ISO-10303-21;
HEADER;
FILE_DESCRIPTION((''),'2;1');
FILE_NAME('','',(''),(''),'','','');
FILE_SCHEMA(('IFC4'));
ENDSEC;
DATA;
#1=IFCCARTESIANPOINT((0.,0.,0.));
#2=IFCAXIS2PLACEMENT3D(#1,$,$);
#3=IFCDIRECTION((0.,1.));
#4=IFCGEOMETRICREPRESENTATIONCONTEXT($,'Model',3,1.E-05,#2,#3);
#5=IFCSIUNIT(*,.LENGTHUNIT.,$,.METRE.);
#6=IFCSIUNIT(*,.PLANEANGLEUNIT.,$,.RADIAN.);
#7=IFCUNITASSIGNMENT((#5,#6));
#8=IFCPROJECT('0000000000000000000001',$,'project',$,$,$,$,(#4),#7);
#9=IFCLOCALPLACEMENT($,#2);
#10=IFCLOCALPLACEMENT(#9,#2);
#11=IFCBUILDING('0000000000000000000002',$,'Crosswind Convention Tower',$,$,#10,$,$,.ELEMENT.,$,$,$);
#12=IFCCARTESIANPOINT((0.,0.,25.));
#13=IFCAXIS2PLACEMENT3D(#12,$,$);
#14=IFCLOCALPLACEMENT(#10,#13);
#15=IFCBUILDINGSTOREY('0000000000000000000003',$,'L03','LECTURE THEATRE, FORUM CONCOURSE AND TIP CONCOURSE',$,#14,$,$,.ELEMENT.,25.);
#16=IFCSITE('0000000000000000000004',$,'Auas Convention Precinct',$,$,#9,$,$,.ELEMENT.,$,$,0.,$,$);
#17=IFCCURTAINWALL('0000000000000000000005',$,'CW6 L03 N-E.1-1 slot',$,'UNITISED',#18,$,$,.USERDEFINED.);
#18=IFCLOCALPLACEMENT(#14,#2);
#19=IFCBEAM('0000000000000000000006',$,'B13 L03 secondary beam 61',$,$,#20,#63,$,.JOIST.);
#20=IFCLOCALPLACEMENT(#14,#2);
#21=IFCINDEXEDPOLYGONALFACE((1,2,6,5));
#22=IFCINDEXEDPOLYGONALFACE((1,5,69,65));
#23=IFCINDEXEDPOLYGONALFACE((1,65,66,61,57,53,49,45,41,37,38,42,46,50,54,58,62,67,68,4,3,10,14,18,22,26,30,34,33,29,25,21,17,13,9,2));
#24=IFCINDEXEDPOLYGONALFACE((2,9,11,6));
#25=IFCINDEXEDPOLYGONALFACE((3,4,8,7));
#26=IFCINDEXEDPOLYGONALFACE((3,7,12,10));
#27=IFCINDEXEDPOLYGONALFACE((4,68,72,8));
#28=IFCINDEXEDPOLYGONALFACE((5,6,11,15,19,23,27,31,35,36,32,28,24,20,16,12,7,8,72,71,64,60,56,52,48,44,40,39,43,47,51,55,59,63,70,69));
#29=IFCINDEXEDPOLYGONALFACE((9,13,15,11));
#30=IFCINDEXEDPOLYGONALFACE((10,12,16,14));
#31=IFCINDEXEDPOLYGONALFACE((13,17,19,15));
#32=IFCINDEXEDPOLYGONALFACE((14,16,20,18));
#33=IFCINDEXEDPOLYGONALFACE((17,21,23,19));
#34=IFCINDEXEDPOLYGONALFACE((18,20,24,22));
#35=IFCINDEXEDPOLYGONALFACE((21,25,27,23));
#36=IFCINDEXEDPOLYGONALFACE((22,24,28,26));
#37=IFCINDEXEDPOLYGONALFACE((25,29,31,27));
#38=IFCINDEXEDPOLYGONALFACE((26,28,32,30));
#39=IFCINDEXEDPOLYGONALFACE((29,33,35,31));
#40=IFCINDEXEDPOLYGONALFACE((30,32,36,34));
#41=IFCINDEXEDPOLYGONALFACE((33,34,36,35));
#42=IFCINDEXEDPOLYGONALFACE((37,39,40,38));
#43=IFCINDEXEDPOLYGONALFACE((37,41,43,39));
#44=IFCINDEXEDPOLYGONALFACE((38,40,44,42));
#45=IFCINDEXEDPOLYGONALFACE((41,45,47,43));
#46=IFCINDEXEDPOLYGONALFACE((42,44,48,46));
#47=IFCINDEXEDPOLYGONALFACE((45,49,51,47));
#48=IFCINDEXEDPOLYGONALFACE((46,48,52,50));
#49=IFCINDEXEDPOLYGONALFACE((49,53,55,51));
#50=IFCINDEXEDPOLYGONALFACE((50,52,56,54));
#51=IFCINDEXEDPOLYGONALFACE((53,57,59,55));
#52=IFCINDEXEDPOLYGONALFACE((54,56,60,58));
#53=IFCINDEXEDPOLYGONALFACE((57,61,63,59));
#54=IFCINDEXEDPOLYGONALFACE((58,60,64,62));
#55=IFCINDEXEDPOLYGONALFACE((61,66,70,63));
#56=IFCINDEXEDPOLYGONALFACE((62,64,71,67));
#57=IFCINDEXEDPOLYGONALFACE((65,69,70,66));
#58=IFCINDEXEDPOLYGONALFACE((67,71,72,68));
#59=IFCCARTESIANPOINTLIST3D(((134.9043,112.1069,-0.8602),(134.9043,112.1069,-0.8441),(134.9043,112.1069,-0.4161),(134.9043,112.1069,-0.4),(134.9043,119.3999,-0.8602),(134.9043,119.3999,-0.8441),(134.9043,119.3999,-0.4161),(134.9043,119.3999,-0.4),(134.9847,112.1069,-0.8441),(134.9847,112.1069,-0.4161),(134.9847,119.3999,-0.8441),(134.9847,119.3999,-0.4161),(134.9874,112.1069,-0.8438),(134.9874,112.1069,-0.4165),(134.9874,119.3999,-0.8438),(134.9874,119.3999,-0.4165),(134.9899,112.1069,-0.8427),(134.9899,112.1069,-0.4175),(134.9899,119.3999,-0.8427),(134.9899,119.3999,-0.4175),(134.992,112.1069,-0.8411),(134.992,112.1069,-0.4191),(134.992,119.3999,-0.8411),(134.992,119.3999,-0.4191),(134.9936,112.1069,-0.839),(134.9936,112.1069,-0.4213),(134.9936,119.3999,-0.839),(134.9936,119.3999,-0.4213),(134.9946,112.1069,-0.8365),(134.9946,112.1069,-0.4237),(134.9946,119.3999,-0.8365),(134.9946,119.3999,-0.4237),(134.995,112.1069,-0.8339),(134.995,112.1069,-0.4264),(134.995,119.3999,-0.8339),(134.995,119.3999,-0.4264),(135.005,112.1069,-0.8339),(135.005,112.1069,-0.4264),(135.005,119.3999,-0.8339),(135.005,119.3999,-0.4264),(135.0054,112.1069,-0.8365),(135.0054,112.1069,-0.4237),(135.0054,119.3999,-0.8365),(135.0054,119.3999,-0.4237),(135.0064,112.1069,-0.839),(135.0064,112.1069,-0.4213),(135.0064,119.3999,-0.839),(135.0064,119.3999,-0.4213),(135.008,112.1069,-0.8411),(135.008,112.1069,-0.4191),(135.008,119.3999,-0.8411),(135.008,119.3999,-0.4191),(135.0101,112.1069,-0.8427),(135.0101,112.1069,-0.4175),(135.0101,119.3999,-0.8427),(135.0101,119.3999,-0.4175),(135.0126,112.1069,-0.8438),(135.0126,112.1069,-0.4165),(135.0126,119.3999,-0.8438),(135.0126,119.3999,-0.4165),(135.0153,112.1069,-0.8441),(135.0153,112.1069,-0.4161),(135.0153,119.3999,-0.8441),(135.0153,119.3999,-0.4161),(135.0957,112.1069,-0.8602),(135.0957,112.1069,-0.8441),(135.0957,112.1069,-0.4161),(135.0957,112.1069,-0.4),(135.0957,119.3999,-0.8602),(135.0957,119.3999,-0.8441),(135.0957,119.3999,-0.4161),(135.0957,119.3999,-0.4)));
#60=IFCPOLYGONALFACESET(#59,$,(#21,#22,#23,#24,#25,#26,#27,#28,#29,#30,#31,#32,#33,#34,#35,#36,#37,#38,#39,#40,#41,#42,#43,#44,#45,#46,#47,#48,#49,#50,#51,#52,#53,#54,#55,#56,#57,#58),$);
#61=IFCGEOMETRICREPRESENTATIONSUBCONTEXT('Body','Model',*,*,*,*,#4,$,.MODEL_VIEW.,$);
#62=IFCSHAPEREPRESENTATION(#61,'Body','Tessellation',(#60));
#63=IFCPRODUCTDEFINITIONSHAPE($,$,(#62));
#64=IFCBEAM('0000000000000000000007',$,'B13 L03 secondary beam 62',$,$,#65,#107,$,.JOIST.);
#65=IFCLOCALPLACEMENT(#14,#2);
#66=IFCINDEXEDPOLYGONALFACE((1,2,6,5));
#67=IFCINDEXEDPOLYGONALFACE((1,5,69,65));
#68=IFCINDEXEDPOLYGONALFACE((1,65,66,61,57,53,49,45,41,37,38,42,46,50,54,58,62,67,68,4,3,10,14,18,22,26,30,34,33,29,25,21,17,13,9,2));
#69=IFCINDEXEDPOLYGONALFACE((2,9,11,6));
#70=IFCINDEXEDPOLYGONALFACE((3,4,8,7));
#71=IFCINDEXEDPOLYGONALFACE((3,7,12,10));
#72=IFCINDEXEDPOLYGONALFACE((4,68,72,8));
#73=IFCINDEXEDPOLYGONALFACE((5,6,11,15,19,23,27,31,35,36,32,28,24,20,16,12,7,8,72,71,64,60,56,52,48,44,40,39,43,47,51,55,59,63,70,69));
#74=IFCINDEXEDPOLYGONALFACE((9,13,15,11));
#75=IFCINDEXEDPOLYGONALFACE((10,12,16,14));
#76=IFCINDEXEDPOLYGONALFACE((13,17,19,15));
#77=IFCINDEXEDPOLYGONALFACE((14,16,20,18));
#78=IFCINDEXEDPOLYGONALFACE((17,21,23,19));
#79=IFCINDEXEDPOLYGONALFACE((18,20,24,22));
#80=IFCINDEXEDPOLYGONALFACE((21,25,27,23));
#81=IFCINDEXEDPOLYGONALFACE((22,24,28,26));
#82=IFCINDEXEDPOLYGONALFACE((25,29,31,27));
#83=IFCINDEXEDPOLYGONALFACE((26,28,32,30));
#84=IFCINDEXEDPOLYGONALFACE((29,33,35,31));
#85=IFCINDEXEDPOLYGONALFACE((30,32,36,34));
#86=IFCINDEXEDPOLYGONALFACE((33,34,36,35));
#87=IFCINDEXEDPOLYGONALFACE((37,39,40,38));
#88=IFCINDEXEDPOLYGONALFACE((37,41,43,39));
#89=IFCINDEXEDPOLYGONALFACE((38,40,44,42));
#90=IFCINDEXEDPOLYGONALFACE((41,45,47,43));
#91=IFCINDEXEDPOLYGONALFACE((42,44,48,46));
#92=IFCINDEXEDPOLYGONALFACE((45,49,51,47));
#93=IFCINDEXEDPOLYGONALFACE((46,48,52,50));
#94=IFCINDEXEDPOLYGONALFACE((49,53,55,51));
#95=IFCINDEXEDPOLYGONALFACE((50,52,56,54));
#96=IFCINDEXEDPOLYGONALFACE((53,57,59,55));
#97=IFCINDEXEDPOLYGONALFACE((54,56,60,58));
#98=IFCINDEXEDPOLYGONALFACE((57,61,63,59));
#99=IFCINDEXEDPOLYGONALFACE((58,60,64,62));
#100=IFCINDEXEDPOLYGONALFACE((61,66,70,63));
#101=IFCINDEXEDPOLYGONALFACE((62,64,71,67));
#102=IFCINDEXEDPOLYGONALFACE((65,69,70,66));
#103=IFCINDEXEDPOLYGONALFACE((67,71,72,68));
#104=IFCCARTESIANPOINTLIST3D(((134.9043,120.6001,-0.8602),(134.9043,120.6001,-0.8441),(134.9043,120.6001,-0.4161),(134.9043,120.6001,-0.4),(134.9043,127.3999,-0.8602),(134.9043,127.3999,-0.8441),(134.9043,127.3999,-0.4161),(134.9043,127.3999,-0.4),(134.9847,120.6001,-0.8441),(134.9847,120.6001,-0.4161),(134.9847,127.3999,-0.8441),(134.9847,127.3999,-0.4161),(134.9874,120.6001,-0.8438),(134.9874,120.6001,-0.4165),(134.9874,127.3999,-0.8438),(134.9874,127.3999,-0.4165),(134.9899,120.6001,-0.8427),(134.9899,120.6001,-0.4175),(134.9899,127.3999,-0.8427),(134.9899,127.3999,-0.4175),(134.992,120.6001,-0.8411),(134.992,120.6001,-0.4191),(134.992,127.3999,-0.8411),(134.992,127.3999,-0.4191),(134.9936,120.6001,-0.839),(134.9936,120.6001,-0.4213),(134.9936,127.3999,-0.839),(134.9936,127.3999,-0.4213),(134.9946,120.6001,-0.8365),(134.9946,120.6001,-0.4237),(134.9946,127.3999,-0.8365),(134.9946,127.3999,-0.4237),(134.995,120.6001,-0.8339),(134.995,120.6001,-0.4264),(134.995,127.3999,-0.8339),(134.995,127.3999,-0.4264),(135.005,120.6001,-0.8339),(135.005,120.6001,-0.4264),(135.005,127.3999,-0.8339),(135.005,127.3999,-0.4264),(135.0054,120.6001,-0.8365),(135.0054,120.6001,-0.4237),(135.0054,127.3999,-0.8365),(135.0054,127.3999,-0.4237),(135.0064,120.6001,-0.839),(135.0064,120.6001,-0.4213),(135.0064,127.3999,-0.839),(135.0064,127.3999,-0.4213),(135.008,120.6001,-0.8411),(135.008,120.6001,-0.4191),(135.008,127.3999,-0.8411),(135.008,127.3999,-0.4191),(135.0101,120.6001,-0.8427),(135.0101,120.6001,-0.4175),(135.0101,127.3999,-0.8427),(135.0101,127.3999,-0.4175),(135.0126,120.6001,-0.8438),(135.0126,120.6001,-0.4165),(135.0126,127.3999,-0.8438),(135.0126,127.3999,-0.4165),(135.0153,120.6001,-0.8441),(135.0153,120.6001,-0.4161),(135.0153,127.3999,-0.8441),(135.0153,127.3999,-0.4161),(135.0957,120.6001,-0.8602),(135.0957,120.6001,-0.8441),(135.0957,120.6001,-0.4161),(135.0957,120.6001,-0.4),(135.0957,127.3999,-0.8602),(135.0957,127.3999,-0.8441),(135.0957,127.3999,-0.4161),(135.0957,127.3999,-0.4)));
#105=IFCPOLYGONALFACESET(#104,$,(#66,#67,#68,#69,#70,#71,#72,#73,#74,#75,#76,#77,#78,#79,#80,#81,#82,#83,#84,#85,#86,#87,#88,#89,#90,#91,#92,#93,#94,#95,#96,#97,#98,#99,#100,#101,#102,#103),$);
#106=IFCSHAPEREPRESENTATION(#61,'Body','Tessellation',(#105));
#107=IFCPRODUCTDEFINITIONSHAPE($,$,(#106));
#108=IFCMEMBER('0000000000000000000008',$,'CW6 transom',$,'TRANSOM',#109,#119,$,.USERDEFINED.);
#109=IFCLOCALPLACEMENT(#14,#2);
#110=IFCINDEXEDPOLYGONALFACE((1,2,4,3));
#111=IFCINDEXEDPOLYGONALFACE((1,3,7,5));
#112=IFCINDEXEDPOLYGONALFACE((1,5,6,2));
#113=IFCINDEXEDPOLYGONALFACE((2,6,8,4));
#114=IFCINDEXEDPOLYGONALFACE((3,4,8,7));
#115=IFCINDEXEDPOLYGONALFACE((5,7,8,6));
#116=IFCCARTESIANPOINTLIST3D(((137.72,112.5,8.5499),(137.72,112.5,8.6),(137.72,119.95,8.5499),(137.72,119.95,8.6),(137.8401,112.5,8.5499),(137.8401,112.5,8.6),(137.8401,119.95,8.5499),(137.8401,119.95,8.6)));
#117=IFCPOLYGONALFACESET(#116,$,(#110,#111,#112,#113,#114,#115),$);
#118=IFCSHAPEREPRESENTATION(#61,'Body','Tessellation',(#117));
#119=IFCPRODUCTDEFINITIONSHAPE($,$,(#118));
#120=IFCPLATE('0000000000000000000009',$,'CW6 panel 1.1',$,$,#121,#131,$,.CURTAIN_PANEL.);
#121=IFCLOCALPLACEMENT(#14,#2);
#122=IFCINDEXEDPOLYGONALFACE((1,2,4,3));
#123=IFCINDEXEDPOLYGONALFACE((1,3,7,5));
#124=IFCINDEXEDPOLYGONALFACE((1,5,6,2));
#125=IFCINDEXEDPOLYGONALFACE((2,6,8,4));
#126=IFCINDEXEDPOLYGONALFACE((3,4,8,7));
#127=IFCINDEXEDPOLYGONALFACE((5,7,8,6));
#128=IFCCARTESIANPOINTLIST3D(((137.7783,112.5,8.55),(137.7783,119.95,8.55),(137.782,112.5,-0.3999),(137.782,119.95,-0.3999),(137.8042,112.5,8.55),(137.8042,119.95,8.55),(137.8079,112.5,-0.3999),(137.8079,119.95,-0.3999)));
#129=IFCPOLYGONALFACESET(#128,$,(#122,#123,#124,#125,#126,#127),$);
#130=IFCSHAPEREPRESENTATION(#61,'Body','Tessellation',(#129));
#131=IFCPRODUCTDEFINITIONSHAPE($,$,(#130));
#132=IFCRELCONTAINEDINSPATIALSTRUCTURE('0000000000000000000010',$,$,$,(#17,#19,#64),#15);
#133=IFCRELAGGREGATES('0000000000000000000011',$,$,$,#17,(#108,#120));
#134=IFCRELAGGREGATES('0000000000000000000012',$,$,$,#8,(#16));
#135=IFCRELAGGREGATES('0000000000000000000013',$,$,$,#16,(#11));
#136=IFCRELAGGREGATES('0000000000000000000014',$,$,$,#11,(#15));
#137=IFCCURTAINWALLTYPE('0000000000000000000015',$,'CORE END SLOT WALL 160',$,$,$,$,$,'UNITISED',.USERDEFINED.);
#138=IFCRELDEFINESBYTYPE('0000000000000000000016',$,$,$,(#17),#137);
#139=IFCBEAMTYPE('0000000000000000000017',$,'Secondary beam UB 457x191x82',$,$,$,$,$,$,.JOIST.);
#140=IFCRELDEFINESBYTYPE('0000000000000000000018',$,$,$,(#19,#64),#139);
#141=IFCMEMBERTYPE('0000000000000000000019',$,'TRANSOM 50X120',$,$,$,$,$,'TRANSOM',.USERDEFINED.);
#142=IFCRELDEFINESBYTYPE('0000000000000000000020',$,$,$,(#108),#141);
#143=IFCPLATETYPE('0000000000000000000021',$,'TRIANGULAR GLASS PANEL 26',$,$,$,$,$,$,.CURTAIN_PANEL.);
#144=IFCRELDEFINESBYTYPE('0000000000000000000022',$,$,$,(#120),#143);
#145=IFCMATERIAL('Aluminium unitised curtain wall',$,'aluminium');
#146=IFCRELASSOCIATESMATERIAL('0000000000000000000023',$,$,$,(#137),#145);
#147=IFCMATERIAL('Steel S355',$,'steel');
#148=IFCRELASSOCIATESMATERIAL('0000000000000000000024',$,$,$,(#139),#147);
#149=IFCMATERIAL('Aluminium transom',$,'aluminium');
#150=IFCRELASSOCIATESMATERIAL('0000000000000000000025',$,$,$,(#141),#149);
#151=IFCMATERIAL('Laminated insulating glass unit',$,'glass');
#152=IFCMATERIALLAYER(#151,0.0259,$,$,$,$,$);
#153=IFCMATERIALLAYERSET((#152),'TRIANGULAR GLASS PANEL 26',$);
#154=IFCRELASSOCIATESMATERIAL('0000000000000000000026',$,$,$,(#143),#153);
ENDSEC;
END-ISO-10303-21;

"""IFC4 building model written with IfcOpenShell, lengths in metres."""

from ifc_helpers import new_model, si_unit, direction, frame, origin, origin_2d, place, context, subcontext, project, spatial, polyline, rectangle, i_section, outline, extrude, material, layer, layer_set, material_profile, profile_set, type_object, element, aggregate, save


model = new_model("IFC4")

# Units and contexts
model_context = context("Model", 3, precision=1e-05, world=origin(), true_north=direction((0.0, 1.0)))
body_context = subcontext(model_context, "Body", "Model", "MODEL_VIEW")
ifc_project = project(units=[si_unit("LENGTHUNIT", "METRE"), si_unit("PLANEANGLEUNIT", "RADIAN")], contexts=[model_context])

# Site, building, storey
site_placement = place(None, origin())
site = spatial("IfcSite", under=ifc_project, at=site_placement, Name="Auas Convention Precinct", CompositionType="ELEMENT", RefElevation=0.0)
building_placement = place(site_placement, origin())
building = spatial("IfcBuilding", under=site, at=building_placement, Name="Crosswind Convention Tower", CompositionType="ELEMENT")
storey_placement = place(building_placement, frame((0.0, 0.0, 25.0)))
storey = spatial("IfcBuildingStorey", under=building, at=storey_placement, Name="L03", Description="LECTURE THEATRE, FORUM CONCOURSE AND TIP CONCOURSE", CompositionType="ELEMENT", Elevation=25.0)

# Shared definitions
ifc_material_1 = material(Name="Steel S355", Category="steel")

# Curtain wall
ifc_material_2 = material(Name="Aluminium unitised curtain wall", Category="aluminium")
curtain_wall_type_1 = type_object("IfcCurtainWallType", Name="CORE END SLOT WALL 160", ElementType="UNITISED", PredefinedType="USERDEFINED", material=ifc_material_2)
curtain_wall_1_placement = place(storey_placement, origin())
curtain_wall_1 = element("IfcCurtainWall", 1, at=curtain_wall_1_placement, inside=storey, type_object=curtain_wall_type_1, Name="CW6 L03 N-E.1-1 slot", ObjectType="UNITISED", PredefinedType="USERDEFINED")

# Beams
ifc_material_profile_1 = material_profile(ifc_material_1, i_section(OverallWidth=0.1914, OverallDepth=0.4602, WebThickness=0.01, FlangeThickness=0.0161, FilletRadius=0.0103, at=origin_2d()), Name="UB 457x191x82")
ifc_profile_set_1 = profile_set([ifc_material_profile_1], Name="Steel S355")
beam_type_1 = type_object("IfcBeamType", Name="Secondary beam UB 457x191x82", PredefinedType="JOIST", material=ifc_profile_set_1)
beam_1_placement = place(storey_placement, frame((135.0, 112.1069, -0.6301), z_axis=(0.0, 1.0, 0.0), x_axis=(-1.0, 0.0, 0.0)))
element("IfcBeam", 2, at=beam_1_placement, inside=storey, type_object=beam_type_1, Name="B13 L03 secondary beam 61", PredefinedType="JOIST", context=body_context, shape_type="SweptSolid", body=[
    extrude(i_section(OverallWidth=0.1914, OverallDepth=0.4602, WebThickness=0.01, FlangeThickness=0.0161, FilletRadius=0.0103, at=origin_2d()), origin(), (0.0, 0.0, 1.0), 7.293),
])
beam_2_placement = place(storey_placement, frame((135.0, 120.6001, -0.6301), z_axis=(0.0, 1.0, 0.0), x_axis=(-1.0, 0.0, 0.0)))
element("IfcBeam", 3, at=beam_2_placement, inside=storey, type_object=beam_type_1, Name="B13 L03 secondary beam 62", PredefinedType="JOIST", context=body_context, shape_type="SweptSolid", body=[
    extrude(i_section(OverallWidth=0.1914, OverallDepth=0.4602, WebThickness=0.01, FlangeThickness=0.0161, FilletRadius=0.0103, at=origin_2d()), origin(), (0.0, 0.0, 1.0), 6.7998),
])

# Member
ifc_material_3 = material(Name="Aluminium transom", Category="aluminium")
ifc_material_profile_2 = material_profile(ifc_material_3, rectangle(XDim=0.1201, YDim=0.05, at=origin_2d()), Name="AL 120X50")
ifc_profile_set_2 = profile_set([ifc_material_profile_2], Name="Aluminium transom")
member_type_1 = type_object("IfcMemberType", Name="TRANSOM 50X120", ElementType="TRANSOM", PredefinedType="USERDEFINED", material=ifc_profile_set_2)
member_1_placement = place(storey_placement, frame((137.78, 112.5, 8.575), z_axis=(0.0, 1.0, 0.0), x_axis=(-1.0, 0.0, 0.0)))
member_1 = element("IfcMember", 4, at=member_1_placement, type_object=member_type_1, Name="CW6 transom", ObjectType="TRANSOM", PredefinedType="USERDEFINED", context=body_context, shape_type="SweptSolid", body=[
    extrude(rectangle(XDim=0.1201, YDim=0.05, at=origin_2d()), origin(), (0.0, 0.0, 1.0), 7.45),
])

# Plate
ifc_material_4 = material(Name="Laminated insulating glass unit", Category="glass")
ifc_layer = layer(ifc_material_4, 0.0259)
ifc_layer_set = layer_set([ifc_layer], Name="TRIANGULAR GLASS PANEL 26")
plate_type = type_object("IfcPlateType", Name="TRIANGULAR GLASS PANEL 26", PredefinedType="CURTAIN_PANEL", material=ifc_layer_set)
plate_placement = place(storey_placement, frame((137.8079, 112.5, -0.3999), z_axis=(1.0, 0.0, 0.000409), x_axis=(0.0, 1.0, 0.0)))
plate = element("IfcPlate", 5, at=plate_placement, type_object=plate_type, Name="CW6 panel 1.1", PredefinedType="CURTAIN_PANEL", context=body_context, shape_type="SweptSolid", body=[
    extrude(outline(polyline([(0.0, 0.0), (7.45, 0.0), (7.45, 8.95), (0.0, 8.95), (0.0, 0.0)])), origin(), (0.0, 0.0, -1.0), 0.0259),
])
aggregate(curtain_wall_1, [member_1, plate])

save(model, "model.ifc")
